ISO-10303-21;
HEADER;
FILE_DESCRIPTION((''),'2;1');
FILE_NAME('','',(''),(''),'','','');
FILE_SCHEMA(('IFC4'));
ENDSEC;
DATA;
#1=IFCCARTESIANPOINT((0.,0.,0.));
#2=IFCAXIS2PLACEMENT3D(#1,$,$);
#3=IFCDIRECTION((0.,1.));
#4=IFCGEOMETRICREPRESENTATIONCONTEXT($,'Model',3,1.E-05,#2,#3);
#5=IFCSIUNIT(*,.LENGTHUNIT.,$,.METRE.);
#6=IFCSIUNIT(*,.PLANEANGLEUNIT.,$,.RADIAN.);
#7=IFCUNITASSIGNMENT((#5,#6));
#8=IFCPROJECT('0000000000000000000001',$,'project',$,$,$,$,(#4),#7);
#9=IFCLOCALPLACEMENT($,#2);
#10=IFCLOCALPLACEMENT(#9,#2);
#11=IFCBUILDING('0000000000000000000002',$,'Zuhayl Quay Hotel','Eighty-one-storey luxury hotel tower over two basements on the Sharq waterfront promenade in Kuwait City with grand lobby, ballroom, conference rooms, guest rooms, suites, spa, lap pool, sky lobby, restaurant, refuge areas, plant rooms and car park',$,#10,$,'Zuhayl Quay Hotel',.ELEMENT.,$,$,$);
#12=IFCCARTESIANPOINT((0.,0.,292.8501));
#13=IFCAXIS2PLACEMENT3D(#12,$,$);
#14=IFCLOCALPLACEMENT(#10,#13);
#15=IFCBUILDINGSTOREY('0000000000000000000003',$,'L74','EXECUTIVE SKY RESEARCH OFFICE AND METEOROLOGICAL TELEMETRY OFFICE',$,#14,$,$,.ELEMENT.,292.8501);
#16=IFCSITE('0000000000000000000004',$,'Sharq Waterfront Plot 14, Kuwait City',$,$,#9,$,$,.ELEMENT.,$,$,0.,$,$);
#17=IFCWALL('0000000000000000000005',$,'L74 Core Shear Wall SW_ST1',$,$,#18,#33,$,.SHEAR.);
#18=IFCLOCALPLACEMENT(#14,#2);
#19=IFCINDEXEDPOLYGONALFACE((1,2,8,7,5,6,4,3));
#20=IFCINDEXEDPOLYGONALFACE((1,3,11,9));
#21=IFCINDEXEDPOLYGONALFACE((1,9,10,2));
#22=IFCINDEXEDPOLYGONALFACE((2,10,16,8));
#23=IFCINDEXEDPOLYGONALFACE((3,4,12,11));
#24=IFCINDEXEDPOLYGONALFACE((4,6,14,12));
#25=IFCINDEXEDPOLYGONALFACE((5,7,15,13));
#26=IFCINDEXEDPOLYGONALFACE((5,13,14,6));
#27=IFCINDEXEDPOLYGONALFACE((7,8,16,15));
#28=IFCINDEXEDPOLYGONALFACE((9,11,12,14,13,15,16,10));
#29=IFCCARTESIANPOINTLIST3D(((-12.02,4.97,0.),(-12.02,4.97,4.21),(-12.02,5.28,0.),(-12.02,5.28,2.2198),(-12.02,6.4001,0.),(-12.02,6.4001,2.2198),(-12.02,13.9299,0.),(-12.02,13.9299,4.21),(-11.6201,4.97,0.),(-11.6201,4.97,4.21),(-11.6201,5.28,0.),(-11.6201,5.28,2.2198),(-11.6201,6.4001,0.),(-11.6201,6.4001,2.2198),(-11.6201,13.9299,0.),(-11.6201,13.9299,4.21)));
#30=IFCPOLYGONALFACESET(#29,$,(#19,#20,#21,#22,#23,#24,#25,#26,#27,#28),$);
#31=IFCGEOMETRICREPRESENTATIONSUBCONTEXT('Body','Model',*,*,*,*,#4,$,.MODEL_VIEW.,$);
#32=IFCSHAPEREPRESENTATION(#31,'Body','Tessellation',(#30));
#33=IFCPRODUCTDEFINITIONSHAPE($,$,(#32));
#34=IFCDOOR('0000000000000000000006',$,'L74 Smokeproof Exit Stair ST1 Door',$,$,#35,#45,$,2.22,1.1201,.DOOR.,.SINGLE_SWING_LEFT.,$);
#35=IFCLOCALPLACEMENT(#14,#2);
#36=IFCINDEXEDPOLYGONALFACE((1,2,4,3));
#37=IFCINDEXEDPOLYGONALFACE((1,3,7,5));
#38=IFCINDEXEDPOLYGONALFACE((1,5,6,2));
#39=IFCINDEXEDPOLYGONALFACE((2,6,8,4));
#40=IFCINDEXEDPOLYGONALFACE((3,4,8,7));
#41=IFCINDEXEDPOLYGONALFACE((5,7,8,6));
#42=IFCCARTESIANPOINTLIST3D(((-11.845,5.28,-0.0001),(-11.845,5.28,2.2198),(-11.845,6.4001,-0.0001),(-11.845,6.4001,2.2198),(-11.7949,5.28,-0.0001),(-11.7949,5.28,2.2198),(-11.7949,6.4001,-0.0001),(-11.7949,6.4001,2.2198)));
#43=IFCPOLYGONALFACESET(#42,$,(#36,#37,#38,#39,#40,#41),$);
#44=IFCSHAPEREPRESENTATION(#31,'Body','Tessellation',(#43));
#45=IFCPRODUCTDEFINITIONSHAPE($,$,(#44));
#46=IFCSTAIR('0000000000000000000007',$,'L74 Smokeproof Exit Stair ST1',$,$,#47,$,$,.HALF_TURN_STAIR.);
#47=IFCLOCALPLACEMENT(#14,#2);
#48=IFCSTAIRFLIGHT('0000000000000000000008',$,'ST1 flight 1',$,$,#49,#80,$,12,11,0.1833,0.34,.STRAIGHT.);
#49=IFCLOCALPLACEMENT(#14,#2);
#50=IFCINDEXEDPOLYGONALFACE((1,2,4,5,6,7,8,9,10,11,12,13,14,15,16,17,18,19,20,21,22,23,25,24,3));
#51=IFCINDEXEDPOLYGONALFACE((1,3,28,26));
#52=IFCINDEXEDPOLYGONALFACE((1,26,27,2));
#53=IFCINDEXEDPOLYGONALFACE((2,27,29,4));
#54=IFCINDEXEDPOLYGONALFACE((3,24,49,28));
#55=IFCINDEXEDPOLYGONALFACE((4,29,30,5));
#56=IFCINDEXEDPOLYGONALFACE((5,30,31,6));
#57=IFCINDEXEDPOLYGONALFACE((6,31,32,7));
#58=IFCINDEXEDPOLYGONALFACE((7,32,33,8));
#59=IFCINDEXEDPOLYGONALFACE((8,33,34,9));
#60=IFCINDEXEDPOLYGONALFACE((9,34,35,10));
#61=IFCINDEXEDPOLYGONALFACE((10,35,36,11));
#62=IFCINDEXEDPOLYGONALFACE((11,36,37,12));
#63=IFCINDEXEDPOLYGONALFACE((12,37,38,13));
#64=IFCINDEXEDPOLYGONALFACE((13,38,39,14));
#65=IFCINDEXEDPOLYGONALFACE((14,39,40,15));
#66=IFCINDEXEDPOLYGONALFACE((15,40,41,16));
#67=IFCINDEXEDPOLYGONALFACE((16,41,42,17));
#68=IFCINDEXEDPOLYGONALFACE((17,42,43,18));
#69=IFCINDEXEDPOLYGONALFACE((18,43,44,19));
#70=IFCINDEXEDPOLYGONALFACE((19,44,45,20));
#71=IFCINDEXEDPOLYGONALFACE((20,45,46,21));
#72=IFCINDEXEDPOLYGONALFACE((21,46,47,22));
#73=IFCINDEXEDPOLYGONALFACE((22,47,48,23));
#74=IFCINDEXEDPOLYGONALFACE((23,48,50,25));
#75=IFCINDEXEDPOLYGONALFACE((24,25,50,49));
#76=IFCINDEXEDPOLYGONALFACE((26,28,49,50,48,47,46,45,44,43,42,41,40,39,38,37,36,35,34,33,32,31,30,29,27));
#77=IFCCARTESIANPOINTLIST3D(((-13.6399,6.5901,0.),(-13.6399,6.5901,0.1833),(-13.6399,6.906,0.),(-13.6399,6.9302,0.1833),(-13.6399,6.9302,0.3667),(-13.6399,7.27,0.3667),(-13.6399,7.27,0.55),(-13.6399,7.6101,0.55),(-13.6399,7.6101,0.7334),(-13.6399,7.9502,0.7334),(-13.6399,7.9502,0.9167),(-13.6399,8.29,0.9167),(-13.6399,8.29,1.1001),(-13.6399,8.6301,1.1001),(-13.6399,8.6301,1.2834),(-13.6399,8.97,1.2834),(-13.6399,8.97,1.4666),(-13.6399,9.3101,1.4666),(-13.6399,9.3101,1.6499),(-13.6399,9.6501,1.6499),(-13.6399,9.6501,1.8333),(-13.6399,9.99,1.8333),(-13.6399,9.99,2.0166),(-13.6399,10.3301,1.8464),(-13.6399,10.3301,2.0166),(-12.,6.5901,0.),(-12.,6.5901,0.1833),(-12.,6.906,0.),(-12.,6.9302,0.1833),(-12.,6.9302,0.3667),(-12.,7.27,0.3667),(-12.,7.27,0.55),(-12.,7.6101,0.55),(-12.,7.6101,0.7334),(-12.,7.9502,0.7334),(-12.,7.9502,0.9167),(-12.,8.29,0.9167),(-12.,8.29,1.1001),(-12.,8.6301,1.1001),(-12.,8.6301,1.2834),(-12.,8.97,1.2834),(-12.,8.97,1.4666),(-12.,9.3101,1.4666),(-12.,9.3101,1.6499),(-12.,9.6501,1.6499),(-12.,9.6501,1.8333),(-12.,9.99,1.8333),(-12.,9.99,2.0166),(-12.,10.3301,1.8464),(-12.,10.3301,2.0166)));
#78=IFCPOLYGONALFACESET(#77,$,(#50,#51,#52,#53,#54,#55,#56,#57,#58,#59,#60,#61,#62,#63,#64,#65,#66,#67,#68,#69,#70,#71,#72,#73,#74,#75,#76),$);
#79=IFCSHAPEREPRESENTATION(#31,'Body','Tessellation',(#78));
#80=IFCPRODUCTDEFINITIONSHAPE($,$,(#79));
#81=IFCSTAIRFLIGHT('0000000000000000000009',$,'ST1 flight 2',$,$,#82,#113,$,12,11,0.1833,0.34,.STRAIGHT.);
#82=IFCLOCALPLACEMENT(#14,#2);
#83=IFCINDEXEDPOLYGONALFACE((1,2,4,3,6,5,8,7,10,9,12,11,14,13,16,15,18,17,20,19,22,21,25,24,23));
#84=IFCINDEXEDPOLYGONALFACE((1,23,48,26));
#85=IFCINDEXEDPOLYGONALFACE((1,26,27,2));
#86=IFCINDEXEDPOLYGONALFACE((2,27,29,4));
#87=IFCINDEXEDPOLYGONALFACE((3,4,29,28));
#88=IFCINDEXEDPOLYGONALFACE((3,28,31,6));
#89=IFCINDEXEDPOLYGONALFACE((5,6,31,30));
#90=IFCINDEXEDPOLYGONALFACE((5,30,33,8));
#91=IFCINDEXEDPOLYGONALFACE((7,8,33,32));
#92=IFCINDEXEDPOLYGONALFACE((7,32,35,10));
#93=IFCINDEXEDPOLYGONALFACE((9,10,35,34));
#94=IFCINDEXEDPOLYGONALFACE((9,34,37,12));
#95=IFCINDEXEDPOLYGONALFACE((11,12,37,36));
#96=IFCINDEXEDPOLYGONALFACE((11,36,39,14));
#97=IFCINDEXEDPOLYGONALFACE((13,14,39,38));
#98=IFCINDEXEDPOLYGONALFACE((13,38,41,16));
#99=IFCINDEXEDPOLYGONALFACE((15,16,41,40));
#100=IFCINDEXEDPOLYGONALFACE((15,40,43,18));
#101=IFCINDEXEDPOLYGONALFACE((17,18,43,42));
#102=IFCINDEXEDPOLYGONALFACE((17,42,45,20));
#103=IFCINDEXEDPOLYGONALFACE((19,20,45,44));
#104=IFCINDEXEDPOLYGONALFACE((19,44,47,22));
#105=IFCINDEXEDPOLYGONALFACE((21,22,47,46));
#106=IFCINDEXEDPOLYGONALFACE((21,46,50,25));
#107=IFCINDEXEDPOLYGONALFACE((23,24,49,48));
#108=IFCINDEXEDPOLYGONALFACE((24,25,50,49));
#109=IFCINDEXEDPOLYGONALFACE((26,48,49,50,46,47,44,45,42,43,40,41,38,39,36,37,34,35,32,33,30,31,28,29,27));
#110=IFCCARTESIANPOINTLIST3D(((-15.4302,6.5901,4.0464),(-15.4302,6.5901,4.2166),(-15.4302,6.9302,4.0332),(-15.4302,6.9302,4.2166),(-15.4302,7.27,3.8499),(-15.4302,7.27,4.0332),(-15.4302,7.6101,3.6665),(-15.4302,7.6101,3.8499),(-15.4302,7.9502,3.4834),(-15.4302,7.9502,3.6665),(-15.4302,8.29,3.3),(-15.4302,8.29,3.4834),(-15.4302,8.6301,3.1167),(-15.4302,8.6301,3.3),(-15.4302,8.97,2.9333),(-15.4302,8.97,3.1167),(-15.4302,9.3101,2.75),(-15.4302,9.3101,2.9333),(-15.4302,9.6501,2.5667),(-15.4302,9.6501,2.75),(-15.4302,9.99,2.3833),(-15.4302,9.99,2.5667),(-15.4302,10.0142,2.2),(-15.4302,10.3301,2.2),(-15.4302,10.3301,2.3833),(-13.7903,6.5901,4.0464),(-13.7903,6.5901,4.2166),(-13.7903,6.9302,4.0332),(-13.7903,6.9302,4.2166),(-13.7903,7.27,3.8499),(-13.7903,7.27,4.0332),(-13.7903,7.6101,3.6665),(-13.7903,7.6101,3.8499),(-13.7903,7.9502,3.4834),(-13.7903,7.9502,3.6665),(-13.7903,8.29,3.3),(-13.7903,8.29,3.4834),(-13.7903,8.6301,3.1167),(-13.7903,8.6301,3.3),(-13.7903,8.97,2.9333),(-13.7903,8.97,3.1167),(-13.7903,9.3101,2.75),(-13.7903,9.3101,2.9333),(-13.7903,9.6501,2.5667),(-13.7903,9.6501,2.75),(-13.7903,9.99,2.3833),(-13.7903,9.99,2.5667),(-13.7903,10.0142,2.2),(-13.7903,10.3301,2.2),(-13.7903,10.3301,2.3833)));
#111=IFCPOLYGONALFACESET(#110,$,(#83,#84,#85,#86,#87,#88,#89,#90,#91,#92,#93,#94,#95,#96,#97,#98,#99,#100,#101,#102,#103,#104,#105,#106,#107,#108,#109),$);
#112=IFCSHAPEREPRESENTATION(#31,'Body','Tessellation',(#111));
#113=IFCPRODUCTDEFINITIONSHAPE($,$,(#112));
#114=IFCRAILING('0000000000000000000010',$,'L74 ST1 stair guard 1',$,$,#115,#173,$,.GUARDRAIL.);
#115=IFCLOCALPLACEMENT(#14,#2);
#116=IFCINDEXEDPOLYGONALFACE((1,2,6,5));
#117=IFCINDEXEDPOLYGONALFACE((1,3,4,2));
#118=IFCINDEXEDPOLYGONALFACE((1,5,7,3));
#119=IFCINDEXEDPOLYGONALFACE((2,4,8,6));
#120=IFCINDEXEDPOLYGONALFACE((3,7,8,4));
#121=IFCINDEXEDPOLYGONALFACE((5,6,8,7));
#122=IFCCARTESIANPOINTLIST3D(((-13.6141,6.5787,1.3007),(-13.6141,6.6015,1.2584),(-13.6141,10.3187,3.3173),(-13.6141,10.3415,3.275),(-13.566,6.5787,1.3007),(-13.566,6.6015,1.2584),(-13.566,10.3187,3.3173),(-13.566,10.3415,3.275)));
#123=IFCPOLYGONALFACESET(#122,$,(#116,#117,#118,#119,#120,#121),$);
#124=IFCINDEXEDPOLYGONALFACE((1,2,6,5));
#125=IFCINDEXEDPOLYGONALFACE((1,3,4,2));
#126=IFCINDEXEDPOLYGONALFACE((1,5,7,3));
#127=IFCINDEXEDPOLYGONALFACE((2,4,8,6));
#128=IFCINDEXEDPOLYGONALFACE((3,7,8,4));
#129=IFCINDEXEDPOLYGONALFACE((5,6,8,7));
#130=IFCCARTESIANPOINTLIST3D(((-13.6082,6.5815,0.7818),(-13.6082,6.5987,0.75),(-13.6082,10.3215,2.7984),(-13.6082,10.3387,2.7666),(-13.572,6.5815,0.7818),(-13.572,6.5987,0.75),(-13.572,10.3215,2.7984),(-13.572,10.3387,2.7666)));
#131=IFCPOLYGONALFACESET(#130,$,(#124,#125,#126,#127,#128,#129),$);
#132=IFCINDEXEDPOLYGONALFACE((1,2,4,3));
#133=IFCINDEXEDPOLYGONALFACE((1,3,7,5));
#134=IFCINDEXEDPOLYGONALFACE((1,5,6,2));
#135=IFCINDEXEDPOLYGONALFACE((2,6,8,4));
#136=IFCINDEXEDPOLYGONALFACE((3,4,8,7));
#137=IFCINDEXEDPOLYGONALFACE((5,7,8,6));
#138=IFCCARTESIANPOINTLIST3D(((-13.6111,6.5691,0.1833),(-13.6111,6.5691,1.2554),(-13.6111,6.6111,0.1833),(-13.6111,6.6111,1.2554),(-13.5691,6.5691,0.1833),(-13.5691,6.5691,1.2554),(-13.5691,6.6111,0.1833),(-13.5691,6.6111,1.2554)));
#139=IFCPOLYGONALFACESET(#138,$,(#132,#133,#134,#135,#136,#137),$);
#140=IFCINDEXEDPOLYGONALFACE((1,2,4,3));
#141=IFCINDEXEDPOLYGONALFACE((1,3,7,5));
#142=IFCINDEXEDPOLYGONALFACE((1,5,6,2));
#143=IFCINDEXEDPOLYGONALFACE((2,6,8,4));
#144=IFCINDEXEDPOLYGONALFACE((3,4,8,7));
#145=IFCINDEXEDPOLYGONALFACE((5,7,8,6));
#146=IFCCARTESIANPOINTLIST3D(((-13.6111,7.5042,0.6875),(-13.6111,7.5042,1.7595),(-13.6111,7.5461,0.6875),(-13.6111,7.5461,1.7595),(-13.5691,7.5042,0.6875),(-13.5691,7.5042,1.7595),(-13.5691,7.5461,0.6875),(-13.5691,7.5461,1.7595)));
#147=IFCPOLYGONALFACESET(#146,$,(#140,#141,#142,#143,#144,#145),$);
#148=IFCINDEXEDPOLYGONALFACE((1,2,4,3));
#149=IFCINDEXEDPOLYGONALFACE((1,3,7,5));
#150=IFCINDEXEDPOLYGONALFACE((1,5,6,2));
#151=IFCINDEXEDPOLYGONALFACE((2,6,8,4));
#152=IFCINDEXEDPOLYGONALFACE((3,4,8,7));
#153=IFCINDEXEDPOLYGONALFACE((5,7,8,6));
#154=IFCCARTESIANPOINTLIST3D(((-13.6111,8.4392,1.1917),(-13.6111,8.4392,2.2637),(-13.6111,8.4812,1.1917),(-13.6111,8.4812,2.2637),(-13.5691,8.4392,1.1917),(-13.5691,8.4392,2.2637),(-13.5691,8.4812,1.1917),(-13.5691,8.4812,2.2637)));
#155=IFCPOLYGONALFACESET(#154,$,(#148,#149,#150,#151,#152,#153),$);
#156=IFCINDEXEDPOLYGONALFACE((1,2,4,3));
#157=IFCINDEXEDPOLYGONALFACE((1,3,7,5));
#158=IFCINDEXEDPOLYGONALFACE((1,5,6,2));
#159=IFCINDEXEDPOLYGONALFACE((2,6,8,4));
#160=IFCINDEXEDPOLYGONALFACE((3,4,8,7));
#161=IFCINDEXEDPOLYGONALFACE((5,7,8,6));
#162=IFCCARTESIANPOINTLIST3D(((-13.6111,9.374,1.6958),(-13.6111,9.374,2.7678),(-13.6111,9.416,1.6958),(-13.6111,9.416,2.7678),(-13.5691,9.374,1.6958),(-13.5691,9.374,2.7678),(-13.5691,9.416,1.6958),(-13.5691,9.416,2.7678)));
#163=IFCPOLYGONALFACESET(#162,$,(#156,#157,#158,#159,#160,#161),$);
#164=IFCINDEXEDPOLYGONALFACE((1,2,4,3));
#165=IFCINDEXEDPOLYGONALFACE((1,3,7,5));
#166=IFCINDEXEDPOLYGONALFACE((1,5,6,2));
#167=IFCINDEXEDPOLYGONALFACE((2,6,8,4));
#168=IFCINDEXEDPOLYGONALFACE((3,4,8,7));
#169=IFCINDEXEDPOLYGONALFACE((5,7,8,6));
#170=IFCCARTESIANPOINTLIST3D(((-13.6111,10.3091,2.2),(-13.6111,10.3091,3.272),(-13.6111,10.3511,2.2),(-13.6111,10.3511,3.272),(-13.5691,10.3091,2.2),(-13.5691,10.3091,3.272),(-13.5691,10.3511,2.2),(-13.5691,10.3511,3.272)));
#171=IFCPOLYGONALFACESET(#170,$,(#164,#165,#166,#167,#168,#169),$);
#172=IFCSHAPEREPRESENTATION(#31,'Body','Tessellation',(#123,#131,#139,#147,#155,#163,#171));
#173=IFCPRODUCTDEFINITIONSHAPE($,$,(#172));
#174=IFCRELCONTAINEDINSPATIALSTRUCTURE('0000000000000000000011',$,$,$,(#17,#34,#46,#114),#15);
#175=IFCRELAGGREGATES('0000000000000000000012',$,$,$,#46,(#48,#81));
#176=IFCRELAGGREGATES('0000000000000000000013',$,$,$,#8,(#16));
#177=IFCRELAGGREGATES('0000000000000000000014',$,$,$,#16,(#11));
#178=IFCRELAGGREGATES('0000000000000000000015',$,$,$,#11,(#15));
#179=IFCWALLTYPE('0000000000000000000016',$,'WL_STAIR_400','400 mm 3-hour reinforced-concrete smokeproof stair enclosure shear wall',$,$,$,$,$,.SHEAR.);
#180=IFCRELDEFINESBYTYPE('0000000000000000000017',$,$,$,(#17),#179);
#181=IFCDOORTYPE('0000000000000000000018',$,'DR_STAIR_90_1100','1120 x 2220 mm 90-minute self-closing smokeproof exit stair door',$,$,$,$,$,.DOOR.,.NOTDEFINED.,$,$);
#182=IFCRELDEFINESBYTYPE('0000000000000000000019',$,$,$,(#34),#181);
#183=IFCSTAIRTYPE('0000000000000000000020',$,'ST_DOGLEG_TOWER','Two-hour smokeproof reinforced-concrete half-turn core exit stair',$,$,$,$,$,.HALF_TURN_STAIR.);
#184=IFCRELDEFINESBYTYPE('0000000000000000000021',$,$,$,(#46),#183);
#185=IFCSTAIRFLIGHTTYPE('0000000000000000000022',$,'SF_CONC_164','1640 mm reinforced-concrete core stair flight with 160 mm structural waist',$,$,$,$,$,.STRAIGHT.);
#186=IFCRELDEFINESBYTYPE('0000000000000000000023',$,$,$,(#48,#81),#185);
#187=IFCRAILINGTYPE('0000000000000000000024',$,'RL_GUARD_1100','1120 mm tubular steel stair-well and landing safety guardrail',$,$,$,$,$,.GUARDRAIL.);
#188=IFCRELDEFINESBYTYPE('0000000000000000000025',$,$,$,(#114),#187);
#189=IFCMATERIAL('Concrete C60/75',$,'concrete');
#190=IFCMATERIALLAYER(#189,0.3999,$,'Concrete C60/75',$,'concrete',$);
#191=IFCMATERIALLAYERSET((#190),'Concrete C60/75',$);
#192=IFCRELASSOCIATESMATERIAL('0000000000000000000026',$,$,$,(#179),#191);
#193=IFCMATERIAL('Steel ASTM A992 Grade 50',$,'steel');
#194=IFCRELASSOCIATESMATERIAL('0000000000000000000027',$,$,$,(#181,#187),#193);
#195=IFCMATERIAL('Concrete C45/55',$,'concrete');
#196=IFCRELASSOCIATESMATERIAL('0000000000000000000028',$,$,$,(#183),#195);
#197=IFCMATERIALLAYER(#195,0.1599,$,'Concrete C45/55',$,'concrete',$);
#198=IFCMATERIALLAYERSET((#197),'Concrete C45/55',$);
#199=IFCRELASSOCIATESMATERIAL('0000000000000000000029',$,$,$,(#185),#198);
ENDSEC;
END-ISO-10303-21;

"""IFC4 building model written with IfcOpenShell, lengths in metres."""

from ifc_helpers import new_model, si_unit, direction, frame, frame_2d, origin, origin_2d, place, context, subcontext, project, spatial, polyline, rectangle, outline, extrude, material, layer, layer_set, type_object, element, fill, aggregate, save


model = new_model("IFC4")

# Units and contexts
model_context = context("Model", 3, precision=1e-05, world=origin(), true_north=direction((0.0, 1.0)))
body_context = subcontext(model_context, "Body", "Model", "MODEL_VIEW")
ifc_project = project(units=[si_unit("LENGTHUNIT", "METRE"), si_unit("PLANEANGLEUNIT", "RADIAN")], contexts=[model_context])

# Site, building, storey
site_placement = place(None, origin())
site = spatial("IfcSite", under=ifc_project, at=site_placement, Name="Sharq Waterfront Plot 14, Kuwait City", CompositionType="ELEMENT", RefElevation=0.0)
building_placement = place(site_placement, origin())
building = spatial("IfcBuilding", under=site, at=building_placement, Name="Zuhayl Quay Hotel", Description="Eighty-one-storey luxury hotel tower over two basements on the Sharq waterfront promenade in Kuwait City with grand lobby, ballroom, conference rooms, guest rooms, suites, spa, lap pool, sky lobby, restaurant, refuge areas, plant rooms and car park", LongName="Zuhayl Quay Hotel", CompositionType="ELEMENT")
storey_placement = place(building_placement, frame((0.0, 0.0, 292.8501)))
storey = spatial("IfcBuildingStorey", under=building, at=storey_placement, Name="L74", Description="EXECUTIVE SKY RESEARCH OFFICE AND METEOROLOGICAL TELEMETRY OFFICE", CompositionType="ELEMENT", Elevation=292.8501)

# Shared definitions
ifc_material_1 = material(Name="Concrete C60/75", Category="concrete")

# Wall, opening, door
ifc_layer_1 = layer(ifc_material_1, 0.3999, Name="Concrete C60/75", Category="concrete")
ifc_layer_set_1 = layer_set([ifc_layer_1], Name="Concrete C60/75")
wall_type_1 = type_object("IfcWallType", Name="WL_STAIR_400", Description="400 mm 3-hour reinforced-concrete smokeproof stair enclosure shear wall", PredefinedType="SHEAR", material=ifc_layer_set_1)
wall_1_placement = place(storey_placement, frame((-11.8201, 4.97, 0.0), z_axis=(0.0, 0.0, 1.0), x_axis=(0.0, 1.0, 0.0)))
wall_1 = element("IfcWall", 1, at=wall_1_placement, inside=storey, type_object=wall_type_1, Name="L74 Core Shear Wall SW_ST1", PredefinedType="SHEAR", context=body_context, shape_type="SweptSolid", body=[
    extrude(rectangle(XDim=8.96, YDim=0.3999, at=frame_2d((4.48, 0.0))), origin(), (0.0, 0.0, 1.0), 4.21),
])
opening_1_placement = place(wall_1_placement, frame((0.3101, 0.0, 0.0)))
opening_1 = element("IfcOpeningElement", 2, at=opening_1_placement, cuts=wall_1, PredefinedType="OPENING", context=body_context, shape_type="SweptSolid", body=[
    extrude(rectangle(XDim=1.1201, YDim=2.22, at=frame_2d((0.5601, 1.1099))), frame((0.0, 0.21, 0.0), z_axis=(0.0, -1.0, 0.0), x_axis=(1.0, 0.0, 0.0)), (0.0, 0.0, 1.0), 0.4199),
])
ifc_material_2 = material(Name="Steel ASTM A992 Grade 50", Category="steel")
door_type_1 = type_object("IfcDoorType", Name="DR_STAIR_90_1100", Description="1120 x 2220 mm 90-minute self-closing smokeproof exit stair door", OperationType="NOTDEFINED", PredefinedType="DOOR", material=ifc_material_2)
door_1_placement = place(opening_1_placement, origin())
door_1 = element("IfcDoor", 3, at=door_1_placement, inside=storey, type_object=door_type_1, Name="L74 Smokeproof Exit Stair ST1 Door", OperationType="SINGLE_SWING_LEFT", OverallHeight=2.22, OverallWidth=1.1201, PredefinedType="DOOR", context=body_context, shape_type="SweptSolid", body=[
    extrude(rectangle(XDim=1.1201, YDim=2.22, at=frame_2d((0.5601, 1.1099))), frame((0.0, 0.0249, 0.0), z_axis=(0.0, -1.0, 0.0), x_axis=(1.0, 0.0, 0.0)), (0.0, 0.0, 1.0), 0.05),
])
fill(opening_1, door_1)

# Stair, stair flights
ifc_material_3 = material(Name="Concrete C45/55", Category="concrete")
stair_type = type_object("IfcStairType", Name="ST_DOGLEG_TOWER", Description="Two-hour smokeproof reinforced-concrete half-turn core exit stair", PredefinedType="HALF_TURN_STAIR", material=ifc_material_3)
stair_placement = place(storey_placement, origin())
stair = element("IfcStair", 4, at=stair_placement, inside=storey, type_object=stair_type, Name="L74 Smokeproof Exit Stair ST1", PredefinedType="HALF_TURN_STAIR")
ifc_layer_2 = layer(ifc_material_3, 0.1599, Name="Concrete C45/55", Category="concrete")
ifc_layer_set_2 = layer_set([ifc_layer_2], Name="Concrete C45/55")
stair_flight_type = type_object("IfcStairFlightType", Name="SF_CONC_164", Description="1640 mm reinforced-concrete core stair flight with 160 mm structural waist", PredefinedType="STRAIGHT", material=ifc_layer_set_2)
stair_flight_1_placement = place(storey_placement, frame((-12.8201, 6.5901, 0.0), z_axis=(0.0, 0.0, 1.0), x_axis=(0.0, 1.0, 0.0)))
stair_flight_1 = element("IfcStairFlight", 5, at=stair_flight_1_placement, type_object=stair_flight_type, Name="ST1 flight 1", NumberOfRisers=12, NumberOfTreads=11, PredefinedType="STRAIGHT", RiserHeight=0.1833, TreadLength=0.34, context=body_context, shape_type="SweptSolid", body=[
    extrude(outline(polyline([(0.0, 0.0), (0.0, 0.1833), (0.3401, 0.1833), (0.3401, 0.3667), (0.6799, 0.3667), (0.6799, 0.55), (1.02, 0.55), (1.02, 0.7334), (1.3601, 0.7334), (1.3601, 0.9167), (1.7, 0.9167), (1.7, 1.1001), (2.04, 1.1001), (2.04, 1.2834), (2.3799, 1.2834), (2.3799, 1.4666), (2.72, 1.4666), (2.72, 1.6499), (3.0601, 1.6499), (3.0601, 1.8333), (3.3999, 1.8333), (3.3999, 2.0166), (3.74, 2.0166), (3.74, 2.2), (3.74, 1.8464), (0.3159, 0.0), (0.0, 0.0)])), frame((0.0, 0.8198, 0.0), z_axis=(0.0, -1.0, 0.0), x_axis=(1.0, 0.0, 0.0)), (0.0, 0.0, 1.0), 1.6399),
])
stair_flight_2_placement = place(storey_placement, frame((-14.6101, 10.3301, 2.2), z_axis=(0.0, 0.0, 1.0), x_axis=(0.0, -1.0, 0.0)))
stair_flight_2 = element("IfcStairFlight", 6, at=stair_flight_2_placement, type_object=stair_flight_type, Name="ST1 flight 2", NumberOfRisers=12, NumberOfTreads=11, PredefinedType="STRAIGHT", RiserHeight=0.1833, TreadLength=0.34, context=body_context, shape_type="SweptSolid", body=[
    extrude(outline(polyline([(0.0, 0.0), (0.0, 0.1833), (0.3401, 0.1833), (0.3401, 0.3667), (0.6799, 0.3667), (0.6799, 0.55), (1.02, 0.55), (1.02, 0.7334), (1.3601, 0.7334), (1.3601, 0.9167), (1.7, 0.9167), (1.7, 1.1001), (2.04, 1.1001), (2.04, 1.2834), (2.3799, 1.2834), (2.3799, 1.4666), (2.72, 1.4666), (2.72, 1.6499), (3.0601, 1.6499), (3.0601, 1.8333), (3.3999, 1.8333), (3.3999, 2.0166), (3.74, 2.0166), (3.74, 2.2), (3.74, 1.8464), (0.3159, 0.0), (0.0, 0.0)])), frame((0.0, 0.8198, 0.0), z_axis=(0.0, -1.0, 0.0), x_axis=(1.0, 0.0, 0.0)), (0.0, 0.0, 1.0), 1.6399),
])
aggregate(stair, [stair_flight_1, stair_flight_2])

# Railing
railing_type_1 = type_object("IfcRailingType", Name="RL_GUARD_1100", Description="1120 mm tubular steel stair-well and landing safety guardrail", PredefinedType="GUARDRAIL", material=ifc_material_2)
railing_1_placement = place(storey_placement, frame((-13.5901, 6.5901, 0.1833)))
element("IfcRailing", 7, at=railing_1_placement, inside=storey, type_object=railing_type_1, Name="L74 ST1 stair guard 1", PredefinedType="GUARDRAIL", context=body_context, shape_type="SweptSolid", body=[
    extrude(rectangle(XDim=0.0481, YDim=0.0481, at=origin_2d()), frame((0.0, 0.0, 1.0962), z_axis=(0.0, 0.8802, 0.474603), x_axis=(-1.0, 0.0, 0.0)), (0.0, 0.0, 1.0), 4.249),
    extrude(rectangle(XDim=0.0361, YDim=0.0361, at=origin_2d()), frame((0.0, 0.0, 0.5825), z_axis=(0.0, 0.8802, 0.474603), x_axis=(-1.0, 0.0, 0.0)), (0.0, 0.0, 1.0), 4.249),
    extrude(rectangle(XDim=0.042, YDim=0.042, at=origin_2d()), origin(), (0.0, 0.0, 1.0), 1.072),
    extrude(rectangle(XDim=0.042, YDim=0.042, at=origin_2d()), frame((0.0, 0.9351, 0.5042)), (0.0, 0.0, 1.0), 1.072),
    extrude(rectangle(XDim=0.042, YDim=0.042, at=origin_2d()), frame((0.0, 1.8701, 1.0083)), (0.0, 0.0, 1.0), 1.072),
    extrude(rectangle(XDim=0.042, YDim=0.042, at=origin_2d()), frame((0.0, 2.8049, 1.5125)), (0.0, 0.0, 1.0), 1.072),
    extrude(rectangle(XDim=0.042, YDim=0.042, at=origin_2d()), frame((0.0, 3.74, 2.0166)), (0.0, 0.0, 1.0), 1.072),
])

save(model, "model.ifc")
